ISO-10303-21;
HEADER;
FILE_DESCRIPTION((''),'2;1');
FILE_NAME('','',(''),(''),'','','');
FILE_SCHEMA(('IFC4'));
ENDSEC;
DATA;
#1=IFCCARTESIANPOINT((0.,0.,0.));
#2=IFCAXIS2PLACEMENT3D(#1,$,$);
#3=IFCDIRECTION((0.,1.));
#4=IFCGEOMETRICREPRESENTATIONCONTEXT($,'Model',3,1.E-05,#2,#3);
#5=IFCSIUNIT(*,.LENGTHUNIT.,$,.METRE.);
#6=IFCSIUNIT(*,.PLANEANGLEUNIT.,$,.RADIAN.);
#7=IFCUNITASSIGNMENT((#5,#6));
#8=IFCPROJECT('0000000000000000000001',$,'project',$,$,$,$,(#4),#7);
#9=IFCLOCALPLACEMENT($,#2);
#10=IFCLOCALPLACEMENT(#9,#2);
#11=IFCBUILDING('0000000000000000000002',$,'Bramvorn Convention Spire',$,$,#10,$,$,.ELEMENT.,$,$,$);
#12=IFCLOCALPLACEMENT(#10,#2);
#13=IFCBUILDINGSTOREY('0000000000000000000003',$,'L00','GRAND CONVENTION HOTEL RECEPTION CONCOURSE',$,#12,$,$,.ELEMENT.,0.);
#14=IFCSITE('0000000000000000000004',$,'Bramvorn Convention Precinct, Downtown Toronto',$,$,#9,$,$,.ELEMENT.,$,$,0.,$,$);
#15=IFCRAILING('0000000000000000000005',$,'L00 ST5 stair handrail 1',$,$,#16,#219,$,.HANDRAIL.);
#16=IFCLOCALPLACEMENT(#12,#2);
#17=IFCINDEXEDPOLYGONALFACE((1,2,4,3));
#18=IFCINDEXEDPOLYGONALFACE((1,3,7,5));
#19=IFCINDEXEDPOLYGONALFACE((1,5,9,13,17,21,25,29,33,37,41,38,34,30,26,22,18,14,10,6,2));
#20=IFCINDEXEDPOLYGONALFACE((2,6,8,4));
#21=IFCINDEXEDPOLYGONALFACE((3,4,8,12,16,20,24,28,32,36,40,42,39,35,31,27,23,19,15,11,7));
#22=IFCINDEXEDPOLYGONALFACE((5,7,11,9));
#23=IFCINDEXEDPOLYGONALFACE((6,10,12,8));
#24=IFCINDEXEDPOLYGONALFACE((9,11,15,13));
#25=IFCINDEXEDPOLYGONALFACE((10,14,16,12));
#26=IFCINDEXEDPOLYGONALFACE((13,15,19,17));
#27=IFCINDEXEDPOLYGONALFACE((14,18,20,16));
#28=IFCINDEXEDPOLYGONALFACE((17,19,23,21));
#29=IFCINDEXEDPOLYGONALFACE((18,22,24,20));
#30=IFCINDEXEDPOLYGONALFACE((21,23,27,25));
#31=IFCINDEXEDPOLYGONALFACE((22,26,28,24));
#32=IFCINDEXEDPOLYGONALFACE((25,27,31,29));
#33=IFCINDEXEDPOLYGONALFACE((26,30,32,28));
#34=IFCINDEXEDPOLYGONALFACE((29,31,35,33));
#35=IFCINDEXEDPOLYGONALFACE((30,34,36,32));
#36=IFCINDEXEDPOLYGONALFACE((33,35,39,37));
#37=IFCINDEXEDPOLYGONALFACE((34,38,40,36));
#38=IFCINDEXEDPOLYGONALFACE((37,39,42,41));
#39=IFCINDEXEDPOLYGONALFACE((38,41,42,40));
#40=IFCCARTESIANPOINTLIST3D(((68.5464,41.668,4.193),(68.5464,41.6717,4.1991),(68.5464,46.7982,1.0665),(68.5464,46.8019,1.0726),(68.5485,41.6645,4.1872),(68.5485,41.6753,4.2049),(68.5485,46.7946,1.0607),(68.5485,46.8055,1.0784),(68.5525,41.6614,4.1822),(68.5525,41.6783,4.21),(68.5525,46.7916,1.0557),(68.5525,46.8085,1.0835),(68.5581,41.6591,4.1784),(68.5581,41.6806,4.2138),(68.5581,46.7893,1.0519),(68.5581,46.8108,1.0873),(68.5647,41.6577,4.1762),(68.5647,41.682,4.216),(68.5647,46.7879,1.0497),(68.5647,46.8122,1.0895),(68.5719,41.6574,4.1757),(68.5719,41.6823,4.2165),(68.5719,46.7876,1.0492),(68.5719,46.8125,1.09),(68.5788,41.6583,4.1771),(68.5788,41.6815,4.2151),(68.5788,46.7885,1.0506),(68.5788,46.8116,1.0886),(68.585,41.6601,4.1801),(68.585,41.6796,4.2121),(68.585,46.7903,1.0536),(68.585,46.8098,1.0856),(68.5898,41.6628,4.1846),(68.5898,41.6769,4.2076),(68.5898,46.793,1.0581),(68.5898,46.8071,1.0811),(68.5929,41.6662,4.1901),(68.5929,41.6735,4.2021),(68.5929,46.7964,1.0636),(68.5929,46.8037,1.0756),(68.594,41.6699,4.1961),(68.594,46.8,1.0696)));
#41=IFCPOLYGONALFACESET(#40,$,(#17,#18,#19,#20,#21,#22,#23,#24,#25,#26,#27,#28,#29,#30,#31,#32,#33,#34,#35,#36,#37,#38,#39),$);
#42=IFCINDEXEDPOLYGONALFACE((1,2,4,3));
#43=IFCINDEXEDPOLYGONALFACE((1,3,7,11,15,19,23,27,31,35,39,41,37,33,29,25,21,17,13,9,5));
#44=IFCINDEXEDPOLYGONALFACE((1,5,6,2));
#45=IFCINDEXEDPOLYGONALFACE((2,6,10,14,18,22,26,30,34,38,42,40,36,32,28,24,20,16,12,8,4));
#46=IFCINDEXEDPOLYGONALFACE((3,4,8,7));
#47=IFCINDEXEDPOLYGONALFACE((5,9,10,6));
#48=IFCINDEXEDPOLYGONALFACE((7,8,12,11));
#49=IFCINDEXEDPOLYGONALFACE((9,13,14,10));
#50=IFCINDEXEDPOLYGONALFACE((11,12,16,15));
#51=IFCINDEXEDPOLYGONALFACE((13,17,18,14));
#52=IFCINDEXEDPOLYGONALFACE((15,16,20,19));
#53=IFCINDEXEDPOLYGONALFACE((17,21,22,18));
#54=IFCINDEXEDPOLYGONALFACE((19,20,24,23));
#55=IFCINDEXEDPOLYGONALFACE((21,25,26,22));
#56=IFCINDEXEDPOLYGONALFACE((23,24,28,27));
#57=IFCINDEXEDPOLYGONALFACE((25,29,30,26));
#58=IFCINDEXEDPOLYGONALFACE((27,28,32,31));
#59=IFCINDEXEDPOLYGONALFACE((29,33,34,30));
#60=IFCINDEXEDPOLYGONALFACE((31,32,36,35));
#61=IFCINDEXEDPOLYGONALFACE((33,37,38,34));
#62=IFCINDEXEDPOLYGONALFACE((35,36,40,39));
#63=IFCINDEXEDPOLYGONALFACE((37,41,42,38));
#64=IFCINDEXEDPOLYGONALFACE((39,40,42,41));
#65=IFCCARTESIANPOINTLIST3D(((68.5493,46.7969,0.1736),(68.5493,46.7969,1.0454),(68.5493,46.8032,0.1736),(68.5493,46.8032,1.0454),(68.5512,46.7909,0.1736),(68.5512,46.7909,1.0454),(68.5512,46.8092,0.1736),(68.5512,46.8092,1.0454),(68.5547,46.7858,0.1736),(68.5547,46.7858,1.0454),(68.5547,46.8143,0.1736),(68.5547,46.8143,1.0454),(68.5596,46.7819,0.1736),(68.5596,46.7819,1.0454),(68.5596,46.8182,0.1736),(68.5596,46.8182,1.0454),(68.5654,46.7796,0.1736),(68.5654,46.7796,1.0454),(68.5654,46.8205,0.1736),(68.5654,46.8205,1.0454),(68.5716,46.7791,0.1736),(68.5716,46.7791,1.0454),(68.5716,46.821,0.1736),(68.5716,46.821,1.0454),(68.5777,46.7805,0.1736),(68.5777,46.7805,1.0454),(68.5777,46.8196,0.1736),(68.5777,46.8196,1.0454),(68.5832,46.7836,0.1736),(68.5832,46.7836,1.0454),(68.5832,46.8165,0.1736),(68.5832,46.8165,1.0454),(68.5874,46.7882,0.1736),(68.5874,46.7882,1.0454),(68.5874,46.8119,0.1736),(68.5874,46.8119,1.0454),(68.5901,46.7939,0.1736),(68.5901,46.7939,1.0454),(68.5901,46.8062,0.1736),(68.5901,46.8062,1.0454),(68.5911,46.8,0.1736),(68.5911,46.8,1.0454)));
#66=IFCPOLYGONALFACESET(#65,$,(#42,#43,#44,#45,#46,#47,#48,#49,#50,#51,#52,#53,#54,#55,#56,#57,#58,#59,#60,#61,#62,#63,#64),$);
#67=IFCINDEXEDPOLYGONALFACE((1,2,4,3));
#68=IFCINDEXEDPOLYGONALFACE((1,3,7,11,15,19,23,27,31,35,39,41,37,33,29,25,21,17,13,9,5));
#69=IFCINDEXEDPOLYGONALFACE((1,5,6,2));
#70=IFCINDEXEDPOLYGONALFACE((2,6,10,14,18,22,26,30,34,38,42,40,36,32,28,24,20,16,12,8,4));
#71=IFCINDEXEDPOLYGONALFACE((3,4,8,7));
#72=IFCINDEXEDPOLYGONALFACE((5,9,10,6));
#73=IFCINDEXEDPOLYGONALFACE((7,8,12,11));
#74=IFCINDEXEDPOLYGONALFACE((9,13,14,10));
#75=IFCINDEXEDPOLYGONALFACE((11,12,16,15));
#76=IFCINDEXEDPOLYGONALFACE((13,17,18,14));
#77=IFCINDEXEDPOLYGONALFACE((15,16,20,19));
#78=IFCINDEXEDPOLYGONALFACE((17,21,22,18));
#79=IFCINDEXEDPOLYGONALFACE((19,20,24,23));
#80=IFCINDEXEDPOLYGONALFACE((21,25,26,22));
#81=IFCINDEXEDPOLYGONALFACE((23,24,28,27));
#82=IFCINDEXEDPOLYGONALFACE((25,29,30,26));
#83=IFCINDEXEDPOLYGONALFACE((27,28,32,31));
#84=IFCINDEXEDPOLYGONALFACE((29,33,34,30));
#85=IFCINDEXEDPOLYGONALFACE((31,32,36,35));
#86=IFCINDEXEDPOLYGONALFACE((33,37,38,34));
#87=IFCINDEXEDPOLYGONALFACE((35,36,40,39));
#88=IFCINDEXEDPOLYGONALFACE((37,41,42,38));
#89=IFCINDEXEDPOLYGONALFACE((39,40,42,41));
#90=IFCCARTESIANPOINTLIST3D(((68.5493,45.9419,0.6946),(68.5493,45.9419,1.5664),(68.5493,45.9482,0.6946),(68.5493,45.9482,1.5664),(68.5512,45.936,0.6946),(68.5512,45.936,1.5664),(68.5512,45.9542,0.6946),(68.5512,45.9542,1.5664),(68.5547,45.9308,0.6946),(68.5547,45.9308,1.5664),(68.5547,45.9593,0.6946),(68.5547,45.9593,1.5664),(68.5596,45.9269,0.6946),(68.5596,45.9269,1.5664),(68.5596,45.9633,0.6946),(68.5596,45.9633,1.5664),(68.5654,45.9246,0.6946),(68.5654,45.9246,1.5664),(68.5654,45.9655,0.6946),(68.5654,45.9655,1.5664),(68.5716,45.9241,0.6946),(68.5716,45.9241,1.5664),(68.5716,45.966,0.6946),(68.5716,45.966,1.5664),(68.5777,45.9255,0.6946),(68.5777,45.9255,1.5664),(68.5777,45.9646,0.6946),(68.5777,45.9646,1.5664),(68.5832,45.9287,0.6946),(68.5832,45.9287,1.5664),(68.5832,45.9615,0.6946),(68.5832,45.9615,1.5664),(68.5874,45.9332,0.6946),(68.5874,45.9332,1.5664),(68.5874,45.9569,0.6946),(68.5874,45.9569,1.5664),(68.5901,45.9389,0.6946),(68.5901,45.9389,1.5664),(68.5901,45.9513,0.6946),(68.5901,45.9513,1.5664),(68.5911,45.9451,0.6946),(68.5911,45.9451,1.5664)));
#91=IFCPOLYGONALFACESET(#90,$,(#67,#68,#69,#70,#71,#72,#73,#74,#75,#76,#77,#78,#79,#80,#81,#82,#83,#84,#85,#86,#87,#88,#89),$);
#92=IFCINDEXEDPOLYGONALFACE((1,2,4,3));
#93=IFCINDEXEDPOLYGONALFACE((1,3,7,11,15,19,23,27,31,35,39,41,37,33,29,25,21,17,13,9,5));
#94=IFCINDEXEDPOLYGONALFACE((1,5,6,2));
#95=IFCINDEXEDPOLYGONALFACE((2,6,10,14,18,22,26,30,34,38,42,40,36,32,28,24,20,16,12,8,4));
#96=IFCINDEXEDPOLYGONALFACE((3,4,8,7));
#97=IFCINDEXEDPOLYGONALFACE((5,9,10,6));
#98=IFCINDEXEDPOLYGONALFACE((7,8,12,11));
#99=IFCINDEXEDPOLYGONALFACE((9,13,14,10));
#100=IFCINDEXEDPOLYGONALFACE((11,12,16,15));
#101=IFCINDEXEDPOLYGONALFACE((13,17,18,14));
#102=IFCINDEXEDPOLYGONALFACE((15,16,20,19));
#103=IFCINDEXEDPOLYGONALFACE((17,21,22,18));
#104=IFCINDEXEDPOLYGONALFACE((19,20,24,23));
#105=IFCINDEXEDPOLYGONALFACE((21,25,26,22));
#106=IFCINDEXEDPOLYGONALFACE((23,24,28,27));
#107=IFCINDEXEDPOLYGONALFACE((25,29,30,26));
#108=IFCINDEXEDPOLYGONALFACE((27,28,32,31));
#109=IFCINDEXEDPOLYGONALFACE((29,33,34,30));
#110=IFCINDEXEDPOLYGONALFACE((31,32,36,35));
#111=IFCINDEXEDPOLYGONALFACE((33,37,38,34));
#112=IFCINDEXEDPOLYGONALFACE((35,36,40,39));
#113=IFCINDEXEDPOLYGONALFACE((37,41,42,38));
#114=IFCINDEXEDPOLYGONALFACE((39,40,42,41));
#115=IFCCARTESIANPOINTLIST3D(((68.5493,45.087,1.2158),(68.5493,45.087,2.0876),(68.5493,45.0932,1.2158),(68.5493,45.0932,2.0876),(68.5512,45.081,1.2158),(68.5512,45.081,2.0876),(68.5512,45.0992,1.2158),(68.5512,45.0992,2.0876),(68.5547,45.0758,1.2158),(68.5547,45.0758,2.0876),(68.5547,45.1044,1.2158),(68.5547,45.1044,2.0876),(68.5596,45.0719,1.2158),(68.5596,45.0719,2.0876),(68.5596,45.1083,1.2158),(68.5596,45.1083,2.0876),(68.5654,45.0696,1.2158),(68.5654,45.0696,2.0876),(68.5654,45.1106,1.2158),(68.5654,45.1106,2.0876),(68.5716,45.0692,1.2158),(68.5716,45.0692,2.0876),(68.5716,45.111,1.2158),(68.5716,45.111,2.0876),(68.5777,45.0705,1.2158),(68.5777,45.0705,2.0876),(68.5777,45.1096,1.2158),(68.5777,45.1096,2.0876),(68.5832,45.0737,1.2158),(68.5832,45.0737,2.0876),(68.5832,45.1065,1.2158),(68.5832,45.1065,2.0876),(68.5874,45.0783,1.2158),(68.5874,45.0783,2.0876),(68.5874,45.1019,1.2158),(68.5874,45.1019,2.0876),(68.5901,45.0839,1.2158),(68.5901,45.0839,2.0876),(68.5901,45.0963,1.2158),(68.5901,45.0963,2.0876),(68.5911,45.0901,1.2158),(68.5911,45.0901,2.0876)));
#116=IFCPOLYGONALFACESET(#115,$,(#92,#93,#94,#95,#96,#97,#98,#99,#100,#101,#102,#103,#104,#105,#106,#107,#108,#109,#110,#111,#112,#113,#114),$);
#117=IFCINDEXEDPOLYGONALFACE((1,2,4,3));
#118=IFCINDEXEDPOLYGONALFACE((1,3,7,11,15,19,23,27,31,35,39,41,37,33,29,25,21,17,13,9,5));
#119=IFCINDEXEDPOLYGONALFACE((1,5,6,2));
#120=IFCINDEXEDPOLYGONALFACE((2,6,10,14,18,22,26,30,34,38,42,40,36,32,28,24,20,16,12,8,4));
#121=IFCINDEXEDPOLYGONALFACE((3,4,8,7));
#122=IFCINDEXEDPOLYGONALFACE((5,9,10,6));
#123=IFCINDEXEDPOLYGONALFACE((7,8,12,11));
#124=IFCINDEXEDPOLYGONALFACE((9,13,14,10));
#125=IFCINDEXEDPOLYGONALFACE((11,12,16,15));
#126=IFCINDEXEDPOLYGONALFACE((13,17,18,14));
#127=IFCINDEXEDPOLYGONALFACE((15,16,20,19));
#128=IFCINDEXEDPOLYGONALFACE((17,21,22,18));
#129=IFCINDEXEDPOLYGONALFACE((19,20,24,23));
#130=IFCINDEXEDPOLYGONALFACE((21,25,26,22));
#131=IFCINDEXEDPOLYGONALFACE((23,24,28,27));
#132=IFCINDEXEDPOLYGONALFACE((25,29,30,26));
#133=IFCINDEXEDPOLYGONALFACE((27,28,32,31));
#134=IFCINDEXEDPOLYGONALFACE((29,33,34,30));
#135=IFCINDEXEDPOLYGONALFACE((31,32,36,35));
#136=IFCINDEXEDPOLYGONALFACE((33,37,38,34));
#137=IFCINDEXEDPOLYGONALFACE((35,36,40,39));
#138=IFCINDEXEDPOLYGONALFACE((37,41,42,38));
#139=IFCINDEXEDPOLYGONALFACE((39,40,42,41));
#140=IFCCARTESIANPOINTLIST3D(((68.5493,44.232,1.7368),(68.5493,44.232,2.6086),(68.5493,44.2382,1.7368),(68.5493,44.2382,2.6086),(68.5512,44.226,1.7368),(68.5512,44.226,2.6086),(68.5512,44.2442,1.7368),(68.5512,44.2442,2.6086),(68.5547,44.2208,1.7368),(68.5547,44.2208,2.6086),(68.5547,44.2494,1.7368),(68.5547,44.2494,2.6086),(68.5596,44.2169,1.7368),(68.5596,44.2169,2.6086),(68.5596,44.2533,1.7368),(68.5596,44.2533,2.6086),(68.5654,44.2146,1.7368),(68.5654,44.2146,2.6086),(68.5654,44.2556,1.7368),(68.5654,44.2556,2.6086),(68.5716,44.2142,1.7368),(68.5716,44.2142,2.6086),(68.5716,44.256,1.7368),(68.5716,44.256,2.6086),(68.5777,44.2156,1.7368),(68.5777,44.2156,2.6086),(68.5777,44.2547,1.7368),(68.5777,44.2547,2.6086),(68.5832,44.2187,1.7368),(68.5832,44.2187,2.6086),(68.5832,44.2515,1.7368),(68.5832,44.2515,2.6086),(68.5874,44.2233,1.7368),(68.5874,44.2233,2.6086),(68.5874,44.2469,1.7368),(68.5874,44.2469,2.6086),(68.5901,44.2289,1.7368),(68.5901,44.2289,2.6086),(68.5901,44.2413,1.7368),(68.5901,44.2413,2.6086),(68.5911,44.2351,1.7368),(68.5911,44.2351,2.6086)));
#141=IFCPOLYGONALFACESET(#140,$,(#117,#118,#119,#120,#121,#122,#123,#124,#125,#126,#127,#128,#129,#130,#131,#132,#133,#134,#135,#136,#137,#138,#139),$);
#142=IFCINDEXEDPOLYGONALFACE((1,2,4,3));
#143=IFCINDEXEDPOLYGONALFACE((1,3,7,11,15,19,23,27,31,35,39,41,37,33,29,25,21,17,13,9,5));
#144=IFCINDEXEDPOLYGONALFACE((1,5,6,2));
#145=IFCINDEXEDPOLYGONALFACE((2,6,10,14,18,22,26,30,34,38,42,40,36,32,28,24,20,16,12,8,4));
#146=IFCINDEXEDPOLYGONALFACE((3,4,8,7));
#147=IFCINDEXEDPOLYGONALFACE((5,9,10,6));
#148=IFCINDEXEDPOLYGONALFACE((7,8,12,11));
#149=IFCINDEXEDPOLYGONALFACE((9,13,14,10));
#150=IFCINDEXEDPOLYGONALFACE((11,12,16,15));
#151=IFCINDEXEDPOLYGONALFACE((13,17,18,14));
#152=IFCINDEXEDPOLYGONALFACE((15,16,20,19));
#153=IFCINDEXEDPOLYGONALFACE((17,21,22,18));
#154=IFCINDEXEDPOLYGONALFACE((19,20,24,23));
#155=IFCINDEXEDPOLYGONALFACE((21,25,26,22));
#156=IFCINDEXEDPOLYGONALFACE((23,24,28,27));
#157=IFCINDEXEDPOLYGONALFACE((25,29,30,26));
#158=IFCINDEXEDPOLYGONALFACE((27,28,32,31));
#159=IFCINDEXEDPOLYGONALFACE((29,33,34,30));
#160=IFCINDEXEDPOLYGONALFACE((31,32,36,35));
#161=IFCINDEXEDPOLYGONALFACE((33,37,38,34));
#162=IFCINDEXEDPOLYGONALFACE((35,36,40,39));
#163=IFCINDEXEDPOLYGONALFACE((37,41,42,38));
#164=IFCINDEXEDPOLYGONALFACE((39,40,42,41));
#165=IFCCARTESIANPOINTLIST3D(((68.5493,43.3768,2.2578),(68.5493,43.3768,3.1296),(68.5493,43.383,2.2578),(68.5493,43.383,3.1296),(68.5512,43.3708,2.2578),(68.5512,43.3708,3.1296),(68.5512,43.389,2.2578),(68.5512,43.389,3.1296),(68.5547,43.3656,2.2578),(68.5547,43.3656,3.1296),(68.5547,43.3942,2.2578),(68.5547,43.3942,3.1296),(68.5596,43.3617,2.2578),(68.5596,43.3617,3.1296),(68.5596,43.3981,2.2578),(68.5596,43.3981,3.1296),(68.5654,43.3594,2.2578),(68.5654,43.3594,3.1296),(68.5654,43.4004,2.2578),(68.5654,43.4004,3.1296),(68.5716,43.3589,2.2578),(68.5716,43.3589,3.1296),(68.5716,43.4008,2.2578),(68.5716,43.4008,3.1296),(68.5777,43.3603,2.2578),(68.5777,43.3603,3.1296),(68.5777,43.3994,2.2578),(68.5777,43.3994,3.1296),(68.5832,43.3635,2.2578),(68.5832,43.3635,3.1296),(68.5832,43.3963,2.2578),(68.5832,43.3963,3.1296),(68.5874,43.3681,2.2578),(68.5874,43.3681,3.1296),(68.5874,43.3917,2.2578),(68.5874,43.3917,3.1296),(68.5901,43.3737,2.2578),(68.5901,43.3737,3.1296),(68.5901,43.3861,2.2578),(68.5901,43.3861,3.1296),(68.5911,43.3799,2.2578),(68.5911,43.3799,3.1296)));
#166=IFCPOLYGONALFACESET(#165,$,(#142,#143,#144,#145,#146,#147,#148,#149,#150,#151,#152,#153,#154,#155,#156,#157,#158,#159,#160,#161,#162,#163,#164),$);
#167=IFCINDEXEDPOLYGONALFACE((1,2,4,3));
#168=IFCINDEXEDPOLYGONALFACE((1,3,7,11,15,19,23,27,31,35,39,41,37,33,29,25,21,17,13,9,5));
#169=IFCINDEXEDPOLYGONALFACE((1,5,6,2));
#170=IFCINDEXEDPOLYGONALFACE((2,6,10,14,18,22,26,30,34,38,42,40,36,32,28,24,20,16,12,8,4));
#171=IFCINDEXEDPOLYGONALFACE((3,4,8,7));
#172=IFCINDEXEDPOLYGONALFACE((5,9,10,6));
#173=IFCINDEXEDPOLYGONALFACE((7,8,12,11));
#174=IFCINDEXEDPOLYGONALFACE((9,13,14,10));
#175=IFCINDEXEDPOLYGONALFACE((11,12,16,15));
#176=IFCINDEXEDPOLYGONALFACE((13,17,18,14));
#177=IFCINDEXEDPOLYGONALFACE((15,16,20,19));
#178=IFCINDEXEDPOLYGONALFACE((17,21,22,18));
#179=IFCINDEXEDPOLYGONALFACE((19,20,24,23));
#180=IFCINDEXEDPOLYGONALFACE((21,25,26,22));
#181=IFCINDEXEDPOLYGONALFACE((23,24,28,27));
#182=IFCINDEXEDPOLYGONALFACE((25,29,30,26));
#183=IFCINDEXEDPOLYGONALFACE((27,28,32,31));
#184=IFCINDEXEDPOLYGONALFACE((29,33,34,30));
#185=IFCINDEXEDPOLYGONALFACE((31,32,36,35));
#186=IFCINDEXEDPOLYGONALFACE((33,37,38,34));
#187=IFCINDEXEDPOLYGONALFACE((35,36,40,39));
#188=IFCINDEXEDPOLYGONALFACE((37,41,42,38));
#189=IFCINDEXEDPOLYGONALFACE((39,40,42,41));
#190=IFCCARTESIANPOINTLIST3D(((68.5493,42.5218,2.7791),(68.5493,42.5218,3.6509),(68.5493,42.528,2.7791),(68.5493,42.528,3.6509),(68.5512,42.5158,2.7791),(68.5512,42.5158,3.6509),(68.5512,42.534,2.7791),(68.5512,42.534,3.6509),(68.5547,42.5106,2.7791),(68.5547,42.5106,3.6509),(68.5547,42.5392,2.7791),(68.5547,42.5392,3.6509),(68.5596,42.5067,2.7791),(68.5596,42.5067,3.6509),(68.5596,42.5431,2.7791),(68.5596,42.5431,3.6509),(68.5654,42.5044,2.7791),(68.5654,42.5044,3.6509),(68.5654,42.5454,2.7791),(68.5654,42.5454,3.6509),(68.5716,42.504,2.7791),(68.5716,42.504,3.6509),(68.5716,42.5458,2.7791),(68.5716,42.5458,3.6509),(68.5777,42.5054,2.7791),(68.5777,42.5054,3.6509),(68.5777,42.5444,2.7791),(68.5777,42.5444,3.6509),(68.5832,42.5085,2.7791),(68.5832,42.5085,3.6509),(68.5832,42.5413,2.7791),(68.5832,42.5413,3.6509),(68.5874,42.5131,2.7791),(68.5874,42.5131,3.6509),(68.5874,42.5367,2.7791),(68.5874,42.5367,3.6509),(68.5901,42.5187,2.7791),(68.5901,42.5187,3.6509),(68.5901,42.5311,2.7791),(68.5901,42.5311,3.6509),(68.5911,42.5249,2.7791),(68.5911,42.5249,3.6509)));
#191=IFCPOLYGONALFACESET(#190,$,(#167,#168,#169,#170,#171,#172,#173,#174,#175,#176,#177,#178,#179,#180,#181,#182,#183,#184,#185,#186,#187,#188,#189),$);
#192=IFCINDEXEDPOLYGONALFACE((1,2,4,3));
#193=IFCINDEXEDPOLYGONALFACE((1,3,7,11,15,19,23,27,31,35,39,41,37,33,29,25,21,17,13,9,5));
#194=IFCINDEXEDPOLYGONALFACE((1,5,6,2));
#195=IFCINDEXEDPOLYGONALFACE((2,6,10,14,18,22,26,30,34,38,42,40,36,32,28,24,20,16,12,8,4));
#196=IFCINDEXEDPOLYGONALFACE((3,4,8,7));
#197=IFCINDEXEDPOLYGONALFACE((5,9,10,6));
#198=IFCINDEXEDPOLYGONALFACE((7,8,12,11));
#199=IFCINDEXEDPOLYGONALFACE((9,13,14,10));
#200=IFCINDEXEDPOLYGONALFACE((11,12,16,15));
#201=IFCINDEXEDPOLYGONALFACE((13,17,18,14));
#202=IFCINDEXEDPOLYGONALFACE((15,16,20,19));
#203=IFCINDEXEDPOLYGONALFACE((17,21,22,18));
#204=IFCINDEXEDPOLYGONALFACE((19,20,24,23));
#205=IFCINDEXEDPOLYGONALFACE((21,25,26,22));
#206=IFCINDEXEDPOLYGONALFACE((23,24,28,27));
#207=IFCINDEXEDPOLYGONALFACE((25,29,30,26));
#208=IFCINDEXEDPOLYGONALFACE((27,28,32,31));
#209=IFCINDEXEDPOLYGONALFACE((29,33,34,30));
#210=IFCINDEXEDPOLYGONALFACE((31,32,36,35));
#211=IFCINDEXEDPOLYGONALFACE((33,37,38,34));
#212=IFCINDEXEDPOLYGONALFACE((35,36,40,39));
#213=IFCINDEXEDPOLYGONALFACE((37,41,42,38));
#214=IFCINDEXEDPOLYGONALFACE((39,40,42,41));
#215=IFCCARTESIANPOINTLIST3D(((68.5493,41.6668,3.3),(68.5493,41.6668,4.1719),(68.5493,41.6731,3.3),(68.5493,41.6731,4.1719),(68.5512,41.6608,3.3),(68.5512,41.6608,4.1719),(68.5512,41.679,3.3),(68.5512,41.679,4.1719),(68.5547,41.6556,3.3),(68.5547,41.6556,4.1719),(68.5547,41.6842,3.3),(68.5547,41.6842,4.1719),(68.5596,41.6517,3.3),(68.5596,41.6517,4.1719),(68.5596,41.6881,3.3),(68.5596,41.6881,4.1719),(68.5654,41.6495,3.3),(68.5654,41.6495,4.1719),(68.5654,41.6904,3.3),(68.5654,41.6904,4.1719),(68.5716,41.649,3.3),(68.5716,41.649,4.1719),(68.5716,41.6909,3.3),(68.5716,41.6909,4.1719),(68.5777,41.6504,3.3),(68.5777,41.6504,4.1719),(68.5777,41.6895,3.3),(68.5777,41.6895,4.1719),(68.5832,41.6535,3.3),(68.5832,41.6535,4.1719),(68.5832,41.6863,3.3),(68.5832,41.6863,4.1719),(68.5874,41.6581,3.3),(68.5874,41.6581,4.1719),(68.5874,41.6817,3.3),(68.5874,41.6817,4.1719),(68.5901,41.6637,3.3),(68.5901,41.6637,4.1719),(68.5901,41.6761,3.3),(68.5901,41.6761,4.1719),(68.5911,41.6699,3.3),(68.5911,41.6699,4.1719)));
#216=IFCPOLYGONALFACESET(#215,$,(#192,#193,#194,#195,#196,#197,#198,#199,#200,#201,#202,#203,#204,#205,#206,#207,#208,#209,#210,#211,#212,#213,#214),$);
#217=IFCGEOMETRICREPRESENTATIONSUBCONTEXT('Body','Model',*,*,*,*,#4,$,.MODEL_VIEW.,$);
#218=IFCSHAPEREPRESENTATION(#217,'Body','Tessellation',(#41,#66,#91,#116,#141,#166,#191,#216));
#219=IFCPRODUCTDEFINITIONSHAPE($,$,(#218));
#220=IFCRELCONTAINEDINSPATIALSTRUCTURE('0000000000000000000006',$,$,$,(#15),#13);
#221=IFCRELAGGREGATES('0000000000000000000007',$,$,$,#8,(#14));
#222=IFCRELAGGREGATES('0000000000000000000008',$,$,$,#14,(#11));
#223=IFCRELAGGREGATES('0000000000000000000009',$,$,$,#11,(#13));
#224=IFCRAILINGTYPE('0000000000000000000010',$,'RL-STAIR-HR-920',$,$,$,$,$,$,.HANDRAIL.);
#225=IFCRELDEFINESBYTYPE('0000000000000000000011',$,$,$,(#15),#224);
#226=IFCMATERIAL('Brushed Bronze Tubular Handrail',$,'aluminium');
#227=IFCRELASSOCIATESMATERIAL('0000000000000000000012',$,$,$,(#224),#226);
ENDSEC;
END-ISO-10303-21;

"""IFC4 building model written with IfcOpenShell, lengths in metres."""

from ifc_helpers import new_model, si_unit, direction, frame, origin, origin_2d, place, context, subcontext, project, spatial, circle, extrude, material, type_object, element, save


model = new_model("IFC4")

# Units and contexts
model_context = context("Model", 3, precision=1e-05, world=origin(), true_north=direction((0.0, 1.0)))
body_context = subcontext(model_context, "Body", "Model", "MODEL_VIEW")
ifc_project = project(units=[si_unit("LENGTHUNIT", "METRE"), si_unit("PLANEANGLEUNIT", "RADIAN")], contexts=[model_context])

# Site, building, storey
site_placement = place(None, origin())
site = spatial("IfcSite", under=ifc_project, at=site_placement, Name="Bramvorn Convention Precinct, Downtown Toronto", CompositionType="ELEMENT", RefElevation=0.0)
building_placement = place(site_placement, origin())
building = spatial("IfcBuilding", under=site, at=building_placement, Name="Bramvorn Convention Spire", CompositionType="ELEMENT")
storey_placement = place(building_placement, origin())
storey = spatial("IfcBuildingStorey", under=building, at=storey_placement, Name="L00", Description="GRAND CONVENTION HOTEL RECEPTION CONCOURSE", CompositionType="ELEMENT", Elevation=0.0)

# Railing
ifc_material_1 = material(Name="Brushed Bronze Tubular Handrail", Category="aluminium")
railing_type_1 = type_object("IfcRailingType", Name="RL-STAIR-HR-920", PredefinedType="HANDRAIL", material=ifc_material_1)
railing_1_placement = place(storey_placement, frame((68.5701, 46.8, 0.1736)))
element("IfcRailing", 1, at=railing_1_placement, inside=storey, type_object=railing_type_1, Name="L00 ST5 stair handrail 1", PredefinedType="HANDRAIL", context=body_context, shape_type="SweptSolid", body=[
    extrude(circle(Radius=0.0239, at=origin_2d()), frame((0.0, 0.0, 0.896), z_axis=(0.0, -0.853919, 0.520406), x_axis=(1.0, 0.0, 0.0)), (0.0, 0.0, 1.0), 6.0078),
    extrude(circle(Radius=0.021, at=origin_2d()), origin(), (0.0, 0.0, 1.0), 0.8718),
    extrude(circle(Radius=0.021, at=origin_2d()), frame((0.0, -0.855, 0.521)), (0.0, 0.0, 1.0), 0.8718),
    extrude(circle(Radius=0.021, at=origin_2d()), frame((0.0, -1.71, 1.0422)), (0.0, 0.0, 1.0), 0.8718),
    extrude(circle(Radius=0.021, at=origin_2d()), frame((0.0, -2.5649, 1.5632)), (0.0, 0.0, 1.0), 0.8718),
    extrude(circle(Radius=0.021, at=origin_2d()), frame((0.0, -3.4202, 2.0842)), (0.0, 0.0, 1.0), 0.8718),
    extrude(circle(Radius=0.021, at=origin_2d()), frame((0.0, -4.2751, 2.6055)), (0.0, 0.0, 1.0), 0.8718),
    extrude(circle(Radius=0.021, at=origin_2d()), frame((0.0, -5.1301, 3.1265)), (0.0, 0.0, 1.0), 0.8718),
])

save(model, "model.ifc")
